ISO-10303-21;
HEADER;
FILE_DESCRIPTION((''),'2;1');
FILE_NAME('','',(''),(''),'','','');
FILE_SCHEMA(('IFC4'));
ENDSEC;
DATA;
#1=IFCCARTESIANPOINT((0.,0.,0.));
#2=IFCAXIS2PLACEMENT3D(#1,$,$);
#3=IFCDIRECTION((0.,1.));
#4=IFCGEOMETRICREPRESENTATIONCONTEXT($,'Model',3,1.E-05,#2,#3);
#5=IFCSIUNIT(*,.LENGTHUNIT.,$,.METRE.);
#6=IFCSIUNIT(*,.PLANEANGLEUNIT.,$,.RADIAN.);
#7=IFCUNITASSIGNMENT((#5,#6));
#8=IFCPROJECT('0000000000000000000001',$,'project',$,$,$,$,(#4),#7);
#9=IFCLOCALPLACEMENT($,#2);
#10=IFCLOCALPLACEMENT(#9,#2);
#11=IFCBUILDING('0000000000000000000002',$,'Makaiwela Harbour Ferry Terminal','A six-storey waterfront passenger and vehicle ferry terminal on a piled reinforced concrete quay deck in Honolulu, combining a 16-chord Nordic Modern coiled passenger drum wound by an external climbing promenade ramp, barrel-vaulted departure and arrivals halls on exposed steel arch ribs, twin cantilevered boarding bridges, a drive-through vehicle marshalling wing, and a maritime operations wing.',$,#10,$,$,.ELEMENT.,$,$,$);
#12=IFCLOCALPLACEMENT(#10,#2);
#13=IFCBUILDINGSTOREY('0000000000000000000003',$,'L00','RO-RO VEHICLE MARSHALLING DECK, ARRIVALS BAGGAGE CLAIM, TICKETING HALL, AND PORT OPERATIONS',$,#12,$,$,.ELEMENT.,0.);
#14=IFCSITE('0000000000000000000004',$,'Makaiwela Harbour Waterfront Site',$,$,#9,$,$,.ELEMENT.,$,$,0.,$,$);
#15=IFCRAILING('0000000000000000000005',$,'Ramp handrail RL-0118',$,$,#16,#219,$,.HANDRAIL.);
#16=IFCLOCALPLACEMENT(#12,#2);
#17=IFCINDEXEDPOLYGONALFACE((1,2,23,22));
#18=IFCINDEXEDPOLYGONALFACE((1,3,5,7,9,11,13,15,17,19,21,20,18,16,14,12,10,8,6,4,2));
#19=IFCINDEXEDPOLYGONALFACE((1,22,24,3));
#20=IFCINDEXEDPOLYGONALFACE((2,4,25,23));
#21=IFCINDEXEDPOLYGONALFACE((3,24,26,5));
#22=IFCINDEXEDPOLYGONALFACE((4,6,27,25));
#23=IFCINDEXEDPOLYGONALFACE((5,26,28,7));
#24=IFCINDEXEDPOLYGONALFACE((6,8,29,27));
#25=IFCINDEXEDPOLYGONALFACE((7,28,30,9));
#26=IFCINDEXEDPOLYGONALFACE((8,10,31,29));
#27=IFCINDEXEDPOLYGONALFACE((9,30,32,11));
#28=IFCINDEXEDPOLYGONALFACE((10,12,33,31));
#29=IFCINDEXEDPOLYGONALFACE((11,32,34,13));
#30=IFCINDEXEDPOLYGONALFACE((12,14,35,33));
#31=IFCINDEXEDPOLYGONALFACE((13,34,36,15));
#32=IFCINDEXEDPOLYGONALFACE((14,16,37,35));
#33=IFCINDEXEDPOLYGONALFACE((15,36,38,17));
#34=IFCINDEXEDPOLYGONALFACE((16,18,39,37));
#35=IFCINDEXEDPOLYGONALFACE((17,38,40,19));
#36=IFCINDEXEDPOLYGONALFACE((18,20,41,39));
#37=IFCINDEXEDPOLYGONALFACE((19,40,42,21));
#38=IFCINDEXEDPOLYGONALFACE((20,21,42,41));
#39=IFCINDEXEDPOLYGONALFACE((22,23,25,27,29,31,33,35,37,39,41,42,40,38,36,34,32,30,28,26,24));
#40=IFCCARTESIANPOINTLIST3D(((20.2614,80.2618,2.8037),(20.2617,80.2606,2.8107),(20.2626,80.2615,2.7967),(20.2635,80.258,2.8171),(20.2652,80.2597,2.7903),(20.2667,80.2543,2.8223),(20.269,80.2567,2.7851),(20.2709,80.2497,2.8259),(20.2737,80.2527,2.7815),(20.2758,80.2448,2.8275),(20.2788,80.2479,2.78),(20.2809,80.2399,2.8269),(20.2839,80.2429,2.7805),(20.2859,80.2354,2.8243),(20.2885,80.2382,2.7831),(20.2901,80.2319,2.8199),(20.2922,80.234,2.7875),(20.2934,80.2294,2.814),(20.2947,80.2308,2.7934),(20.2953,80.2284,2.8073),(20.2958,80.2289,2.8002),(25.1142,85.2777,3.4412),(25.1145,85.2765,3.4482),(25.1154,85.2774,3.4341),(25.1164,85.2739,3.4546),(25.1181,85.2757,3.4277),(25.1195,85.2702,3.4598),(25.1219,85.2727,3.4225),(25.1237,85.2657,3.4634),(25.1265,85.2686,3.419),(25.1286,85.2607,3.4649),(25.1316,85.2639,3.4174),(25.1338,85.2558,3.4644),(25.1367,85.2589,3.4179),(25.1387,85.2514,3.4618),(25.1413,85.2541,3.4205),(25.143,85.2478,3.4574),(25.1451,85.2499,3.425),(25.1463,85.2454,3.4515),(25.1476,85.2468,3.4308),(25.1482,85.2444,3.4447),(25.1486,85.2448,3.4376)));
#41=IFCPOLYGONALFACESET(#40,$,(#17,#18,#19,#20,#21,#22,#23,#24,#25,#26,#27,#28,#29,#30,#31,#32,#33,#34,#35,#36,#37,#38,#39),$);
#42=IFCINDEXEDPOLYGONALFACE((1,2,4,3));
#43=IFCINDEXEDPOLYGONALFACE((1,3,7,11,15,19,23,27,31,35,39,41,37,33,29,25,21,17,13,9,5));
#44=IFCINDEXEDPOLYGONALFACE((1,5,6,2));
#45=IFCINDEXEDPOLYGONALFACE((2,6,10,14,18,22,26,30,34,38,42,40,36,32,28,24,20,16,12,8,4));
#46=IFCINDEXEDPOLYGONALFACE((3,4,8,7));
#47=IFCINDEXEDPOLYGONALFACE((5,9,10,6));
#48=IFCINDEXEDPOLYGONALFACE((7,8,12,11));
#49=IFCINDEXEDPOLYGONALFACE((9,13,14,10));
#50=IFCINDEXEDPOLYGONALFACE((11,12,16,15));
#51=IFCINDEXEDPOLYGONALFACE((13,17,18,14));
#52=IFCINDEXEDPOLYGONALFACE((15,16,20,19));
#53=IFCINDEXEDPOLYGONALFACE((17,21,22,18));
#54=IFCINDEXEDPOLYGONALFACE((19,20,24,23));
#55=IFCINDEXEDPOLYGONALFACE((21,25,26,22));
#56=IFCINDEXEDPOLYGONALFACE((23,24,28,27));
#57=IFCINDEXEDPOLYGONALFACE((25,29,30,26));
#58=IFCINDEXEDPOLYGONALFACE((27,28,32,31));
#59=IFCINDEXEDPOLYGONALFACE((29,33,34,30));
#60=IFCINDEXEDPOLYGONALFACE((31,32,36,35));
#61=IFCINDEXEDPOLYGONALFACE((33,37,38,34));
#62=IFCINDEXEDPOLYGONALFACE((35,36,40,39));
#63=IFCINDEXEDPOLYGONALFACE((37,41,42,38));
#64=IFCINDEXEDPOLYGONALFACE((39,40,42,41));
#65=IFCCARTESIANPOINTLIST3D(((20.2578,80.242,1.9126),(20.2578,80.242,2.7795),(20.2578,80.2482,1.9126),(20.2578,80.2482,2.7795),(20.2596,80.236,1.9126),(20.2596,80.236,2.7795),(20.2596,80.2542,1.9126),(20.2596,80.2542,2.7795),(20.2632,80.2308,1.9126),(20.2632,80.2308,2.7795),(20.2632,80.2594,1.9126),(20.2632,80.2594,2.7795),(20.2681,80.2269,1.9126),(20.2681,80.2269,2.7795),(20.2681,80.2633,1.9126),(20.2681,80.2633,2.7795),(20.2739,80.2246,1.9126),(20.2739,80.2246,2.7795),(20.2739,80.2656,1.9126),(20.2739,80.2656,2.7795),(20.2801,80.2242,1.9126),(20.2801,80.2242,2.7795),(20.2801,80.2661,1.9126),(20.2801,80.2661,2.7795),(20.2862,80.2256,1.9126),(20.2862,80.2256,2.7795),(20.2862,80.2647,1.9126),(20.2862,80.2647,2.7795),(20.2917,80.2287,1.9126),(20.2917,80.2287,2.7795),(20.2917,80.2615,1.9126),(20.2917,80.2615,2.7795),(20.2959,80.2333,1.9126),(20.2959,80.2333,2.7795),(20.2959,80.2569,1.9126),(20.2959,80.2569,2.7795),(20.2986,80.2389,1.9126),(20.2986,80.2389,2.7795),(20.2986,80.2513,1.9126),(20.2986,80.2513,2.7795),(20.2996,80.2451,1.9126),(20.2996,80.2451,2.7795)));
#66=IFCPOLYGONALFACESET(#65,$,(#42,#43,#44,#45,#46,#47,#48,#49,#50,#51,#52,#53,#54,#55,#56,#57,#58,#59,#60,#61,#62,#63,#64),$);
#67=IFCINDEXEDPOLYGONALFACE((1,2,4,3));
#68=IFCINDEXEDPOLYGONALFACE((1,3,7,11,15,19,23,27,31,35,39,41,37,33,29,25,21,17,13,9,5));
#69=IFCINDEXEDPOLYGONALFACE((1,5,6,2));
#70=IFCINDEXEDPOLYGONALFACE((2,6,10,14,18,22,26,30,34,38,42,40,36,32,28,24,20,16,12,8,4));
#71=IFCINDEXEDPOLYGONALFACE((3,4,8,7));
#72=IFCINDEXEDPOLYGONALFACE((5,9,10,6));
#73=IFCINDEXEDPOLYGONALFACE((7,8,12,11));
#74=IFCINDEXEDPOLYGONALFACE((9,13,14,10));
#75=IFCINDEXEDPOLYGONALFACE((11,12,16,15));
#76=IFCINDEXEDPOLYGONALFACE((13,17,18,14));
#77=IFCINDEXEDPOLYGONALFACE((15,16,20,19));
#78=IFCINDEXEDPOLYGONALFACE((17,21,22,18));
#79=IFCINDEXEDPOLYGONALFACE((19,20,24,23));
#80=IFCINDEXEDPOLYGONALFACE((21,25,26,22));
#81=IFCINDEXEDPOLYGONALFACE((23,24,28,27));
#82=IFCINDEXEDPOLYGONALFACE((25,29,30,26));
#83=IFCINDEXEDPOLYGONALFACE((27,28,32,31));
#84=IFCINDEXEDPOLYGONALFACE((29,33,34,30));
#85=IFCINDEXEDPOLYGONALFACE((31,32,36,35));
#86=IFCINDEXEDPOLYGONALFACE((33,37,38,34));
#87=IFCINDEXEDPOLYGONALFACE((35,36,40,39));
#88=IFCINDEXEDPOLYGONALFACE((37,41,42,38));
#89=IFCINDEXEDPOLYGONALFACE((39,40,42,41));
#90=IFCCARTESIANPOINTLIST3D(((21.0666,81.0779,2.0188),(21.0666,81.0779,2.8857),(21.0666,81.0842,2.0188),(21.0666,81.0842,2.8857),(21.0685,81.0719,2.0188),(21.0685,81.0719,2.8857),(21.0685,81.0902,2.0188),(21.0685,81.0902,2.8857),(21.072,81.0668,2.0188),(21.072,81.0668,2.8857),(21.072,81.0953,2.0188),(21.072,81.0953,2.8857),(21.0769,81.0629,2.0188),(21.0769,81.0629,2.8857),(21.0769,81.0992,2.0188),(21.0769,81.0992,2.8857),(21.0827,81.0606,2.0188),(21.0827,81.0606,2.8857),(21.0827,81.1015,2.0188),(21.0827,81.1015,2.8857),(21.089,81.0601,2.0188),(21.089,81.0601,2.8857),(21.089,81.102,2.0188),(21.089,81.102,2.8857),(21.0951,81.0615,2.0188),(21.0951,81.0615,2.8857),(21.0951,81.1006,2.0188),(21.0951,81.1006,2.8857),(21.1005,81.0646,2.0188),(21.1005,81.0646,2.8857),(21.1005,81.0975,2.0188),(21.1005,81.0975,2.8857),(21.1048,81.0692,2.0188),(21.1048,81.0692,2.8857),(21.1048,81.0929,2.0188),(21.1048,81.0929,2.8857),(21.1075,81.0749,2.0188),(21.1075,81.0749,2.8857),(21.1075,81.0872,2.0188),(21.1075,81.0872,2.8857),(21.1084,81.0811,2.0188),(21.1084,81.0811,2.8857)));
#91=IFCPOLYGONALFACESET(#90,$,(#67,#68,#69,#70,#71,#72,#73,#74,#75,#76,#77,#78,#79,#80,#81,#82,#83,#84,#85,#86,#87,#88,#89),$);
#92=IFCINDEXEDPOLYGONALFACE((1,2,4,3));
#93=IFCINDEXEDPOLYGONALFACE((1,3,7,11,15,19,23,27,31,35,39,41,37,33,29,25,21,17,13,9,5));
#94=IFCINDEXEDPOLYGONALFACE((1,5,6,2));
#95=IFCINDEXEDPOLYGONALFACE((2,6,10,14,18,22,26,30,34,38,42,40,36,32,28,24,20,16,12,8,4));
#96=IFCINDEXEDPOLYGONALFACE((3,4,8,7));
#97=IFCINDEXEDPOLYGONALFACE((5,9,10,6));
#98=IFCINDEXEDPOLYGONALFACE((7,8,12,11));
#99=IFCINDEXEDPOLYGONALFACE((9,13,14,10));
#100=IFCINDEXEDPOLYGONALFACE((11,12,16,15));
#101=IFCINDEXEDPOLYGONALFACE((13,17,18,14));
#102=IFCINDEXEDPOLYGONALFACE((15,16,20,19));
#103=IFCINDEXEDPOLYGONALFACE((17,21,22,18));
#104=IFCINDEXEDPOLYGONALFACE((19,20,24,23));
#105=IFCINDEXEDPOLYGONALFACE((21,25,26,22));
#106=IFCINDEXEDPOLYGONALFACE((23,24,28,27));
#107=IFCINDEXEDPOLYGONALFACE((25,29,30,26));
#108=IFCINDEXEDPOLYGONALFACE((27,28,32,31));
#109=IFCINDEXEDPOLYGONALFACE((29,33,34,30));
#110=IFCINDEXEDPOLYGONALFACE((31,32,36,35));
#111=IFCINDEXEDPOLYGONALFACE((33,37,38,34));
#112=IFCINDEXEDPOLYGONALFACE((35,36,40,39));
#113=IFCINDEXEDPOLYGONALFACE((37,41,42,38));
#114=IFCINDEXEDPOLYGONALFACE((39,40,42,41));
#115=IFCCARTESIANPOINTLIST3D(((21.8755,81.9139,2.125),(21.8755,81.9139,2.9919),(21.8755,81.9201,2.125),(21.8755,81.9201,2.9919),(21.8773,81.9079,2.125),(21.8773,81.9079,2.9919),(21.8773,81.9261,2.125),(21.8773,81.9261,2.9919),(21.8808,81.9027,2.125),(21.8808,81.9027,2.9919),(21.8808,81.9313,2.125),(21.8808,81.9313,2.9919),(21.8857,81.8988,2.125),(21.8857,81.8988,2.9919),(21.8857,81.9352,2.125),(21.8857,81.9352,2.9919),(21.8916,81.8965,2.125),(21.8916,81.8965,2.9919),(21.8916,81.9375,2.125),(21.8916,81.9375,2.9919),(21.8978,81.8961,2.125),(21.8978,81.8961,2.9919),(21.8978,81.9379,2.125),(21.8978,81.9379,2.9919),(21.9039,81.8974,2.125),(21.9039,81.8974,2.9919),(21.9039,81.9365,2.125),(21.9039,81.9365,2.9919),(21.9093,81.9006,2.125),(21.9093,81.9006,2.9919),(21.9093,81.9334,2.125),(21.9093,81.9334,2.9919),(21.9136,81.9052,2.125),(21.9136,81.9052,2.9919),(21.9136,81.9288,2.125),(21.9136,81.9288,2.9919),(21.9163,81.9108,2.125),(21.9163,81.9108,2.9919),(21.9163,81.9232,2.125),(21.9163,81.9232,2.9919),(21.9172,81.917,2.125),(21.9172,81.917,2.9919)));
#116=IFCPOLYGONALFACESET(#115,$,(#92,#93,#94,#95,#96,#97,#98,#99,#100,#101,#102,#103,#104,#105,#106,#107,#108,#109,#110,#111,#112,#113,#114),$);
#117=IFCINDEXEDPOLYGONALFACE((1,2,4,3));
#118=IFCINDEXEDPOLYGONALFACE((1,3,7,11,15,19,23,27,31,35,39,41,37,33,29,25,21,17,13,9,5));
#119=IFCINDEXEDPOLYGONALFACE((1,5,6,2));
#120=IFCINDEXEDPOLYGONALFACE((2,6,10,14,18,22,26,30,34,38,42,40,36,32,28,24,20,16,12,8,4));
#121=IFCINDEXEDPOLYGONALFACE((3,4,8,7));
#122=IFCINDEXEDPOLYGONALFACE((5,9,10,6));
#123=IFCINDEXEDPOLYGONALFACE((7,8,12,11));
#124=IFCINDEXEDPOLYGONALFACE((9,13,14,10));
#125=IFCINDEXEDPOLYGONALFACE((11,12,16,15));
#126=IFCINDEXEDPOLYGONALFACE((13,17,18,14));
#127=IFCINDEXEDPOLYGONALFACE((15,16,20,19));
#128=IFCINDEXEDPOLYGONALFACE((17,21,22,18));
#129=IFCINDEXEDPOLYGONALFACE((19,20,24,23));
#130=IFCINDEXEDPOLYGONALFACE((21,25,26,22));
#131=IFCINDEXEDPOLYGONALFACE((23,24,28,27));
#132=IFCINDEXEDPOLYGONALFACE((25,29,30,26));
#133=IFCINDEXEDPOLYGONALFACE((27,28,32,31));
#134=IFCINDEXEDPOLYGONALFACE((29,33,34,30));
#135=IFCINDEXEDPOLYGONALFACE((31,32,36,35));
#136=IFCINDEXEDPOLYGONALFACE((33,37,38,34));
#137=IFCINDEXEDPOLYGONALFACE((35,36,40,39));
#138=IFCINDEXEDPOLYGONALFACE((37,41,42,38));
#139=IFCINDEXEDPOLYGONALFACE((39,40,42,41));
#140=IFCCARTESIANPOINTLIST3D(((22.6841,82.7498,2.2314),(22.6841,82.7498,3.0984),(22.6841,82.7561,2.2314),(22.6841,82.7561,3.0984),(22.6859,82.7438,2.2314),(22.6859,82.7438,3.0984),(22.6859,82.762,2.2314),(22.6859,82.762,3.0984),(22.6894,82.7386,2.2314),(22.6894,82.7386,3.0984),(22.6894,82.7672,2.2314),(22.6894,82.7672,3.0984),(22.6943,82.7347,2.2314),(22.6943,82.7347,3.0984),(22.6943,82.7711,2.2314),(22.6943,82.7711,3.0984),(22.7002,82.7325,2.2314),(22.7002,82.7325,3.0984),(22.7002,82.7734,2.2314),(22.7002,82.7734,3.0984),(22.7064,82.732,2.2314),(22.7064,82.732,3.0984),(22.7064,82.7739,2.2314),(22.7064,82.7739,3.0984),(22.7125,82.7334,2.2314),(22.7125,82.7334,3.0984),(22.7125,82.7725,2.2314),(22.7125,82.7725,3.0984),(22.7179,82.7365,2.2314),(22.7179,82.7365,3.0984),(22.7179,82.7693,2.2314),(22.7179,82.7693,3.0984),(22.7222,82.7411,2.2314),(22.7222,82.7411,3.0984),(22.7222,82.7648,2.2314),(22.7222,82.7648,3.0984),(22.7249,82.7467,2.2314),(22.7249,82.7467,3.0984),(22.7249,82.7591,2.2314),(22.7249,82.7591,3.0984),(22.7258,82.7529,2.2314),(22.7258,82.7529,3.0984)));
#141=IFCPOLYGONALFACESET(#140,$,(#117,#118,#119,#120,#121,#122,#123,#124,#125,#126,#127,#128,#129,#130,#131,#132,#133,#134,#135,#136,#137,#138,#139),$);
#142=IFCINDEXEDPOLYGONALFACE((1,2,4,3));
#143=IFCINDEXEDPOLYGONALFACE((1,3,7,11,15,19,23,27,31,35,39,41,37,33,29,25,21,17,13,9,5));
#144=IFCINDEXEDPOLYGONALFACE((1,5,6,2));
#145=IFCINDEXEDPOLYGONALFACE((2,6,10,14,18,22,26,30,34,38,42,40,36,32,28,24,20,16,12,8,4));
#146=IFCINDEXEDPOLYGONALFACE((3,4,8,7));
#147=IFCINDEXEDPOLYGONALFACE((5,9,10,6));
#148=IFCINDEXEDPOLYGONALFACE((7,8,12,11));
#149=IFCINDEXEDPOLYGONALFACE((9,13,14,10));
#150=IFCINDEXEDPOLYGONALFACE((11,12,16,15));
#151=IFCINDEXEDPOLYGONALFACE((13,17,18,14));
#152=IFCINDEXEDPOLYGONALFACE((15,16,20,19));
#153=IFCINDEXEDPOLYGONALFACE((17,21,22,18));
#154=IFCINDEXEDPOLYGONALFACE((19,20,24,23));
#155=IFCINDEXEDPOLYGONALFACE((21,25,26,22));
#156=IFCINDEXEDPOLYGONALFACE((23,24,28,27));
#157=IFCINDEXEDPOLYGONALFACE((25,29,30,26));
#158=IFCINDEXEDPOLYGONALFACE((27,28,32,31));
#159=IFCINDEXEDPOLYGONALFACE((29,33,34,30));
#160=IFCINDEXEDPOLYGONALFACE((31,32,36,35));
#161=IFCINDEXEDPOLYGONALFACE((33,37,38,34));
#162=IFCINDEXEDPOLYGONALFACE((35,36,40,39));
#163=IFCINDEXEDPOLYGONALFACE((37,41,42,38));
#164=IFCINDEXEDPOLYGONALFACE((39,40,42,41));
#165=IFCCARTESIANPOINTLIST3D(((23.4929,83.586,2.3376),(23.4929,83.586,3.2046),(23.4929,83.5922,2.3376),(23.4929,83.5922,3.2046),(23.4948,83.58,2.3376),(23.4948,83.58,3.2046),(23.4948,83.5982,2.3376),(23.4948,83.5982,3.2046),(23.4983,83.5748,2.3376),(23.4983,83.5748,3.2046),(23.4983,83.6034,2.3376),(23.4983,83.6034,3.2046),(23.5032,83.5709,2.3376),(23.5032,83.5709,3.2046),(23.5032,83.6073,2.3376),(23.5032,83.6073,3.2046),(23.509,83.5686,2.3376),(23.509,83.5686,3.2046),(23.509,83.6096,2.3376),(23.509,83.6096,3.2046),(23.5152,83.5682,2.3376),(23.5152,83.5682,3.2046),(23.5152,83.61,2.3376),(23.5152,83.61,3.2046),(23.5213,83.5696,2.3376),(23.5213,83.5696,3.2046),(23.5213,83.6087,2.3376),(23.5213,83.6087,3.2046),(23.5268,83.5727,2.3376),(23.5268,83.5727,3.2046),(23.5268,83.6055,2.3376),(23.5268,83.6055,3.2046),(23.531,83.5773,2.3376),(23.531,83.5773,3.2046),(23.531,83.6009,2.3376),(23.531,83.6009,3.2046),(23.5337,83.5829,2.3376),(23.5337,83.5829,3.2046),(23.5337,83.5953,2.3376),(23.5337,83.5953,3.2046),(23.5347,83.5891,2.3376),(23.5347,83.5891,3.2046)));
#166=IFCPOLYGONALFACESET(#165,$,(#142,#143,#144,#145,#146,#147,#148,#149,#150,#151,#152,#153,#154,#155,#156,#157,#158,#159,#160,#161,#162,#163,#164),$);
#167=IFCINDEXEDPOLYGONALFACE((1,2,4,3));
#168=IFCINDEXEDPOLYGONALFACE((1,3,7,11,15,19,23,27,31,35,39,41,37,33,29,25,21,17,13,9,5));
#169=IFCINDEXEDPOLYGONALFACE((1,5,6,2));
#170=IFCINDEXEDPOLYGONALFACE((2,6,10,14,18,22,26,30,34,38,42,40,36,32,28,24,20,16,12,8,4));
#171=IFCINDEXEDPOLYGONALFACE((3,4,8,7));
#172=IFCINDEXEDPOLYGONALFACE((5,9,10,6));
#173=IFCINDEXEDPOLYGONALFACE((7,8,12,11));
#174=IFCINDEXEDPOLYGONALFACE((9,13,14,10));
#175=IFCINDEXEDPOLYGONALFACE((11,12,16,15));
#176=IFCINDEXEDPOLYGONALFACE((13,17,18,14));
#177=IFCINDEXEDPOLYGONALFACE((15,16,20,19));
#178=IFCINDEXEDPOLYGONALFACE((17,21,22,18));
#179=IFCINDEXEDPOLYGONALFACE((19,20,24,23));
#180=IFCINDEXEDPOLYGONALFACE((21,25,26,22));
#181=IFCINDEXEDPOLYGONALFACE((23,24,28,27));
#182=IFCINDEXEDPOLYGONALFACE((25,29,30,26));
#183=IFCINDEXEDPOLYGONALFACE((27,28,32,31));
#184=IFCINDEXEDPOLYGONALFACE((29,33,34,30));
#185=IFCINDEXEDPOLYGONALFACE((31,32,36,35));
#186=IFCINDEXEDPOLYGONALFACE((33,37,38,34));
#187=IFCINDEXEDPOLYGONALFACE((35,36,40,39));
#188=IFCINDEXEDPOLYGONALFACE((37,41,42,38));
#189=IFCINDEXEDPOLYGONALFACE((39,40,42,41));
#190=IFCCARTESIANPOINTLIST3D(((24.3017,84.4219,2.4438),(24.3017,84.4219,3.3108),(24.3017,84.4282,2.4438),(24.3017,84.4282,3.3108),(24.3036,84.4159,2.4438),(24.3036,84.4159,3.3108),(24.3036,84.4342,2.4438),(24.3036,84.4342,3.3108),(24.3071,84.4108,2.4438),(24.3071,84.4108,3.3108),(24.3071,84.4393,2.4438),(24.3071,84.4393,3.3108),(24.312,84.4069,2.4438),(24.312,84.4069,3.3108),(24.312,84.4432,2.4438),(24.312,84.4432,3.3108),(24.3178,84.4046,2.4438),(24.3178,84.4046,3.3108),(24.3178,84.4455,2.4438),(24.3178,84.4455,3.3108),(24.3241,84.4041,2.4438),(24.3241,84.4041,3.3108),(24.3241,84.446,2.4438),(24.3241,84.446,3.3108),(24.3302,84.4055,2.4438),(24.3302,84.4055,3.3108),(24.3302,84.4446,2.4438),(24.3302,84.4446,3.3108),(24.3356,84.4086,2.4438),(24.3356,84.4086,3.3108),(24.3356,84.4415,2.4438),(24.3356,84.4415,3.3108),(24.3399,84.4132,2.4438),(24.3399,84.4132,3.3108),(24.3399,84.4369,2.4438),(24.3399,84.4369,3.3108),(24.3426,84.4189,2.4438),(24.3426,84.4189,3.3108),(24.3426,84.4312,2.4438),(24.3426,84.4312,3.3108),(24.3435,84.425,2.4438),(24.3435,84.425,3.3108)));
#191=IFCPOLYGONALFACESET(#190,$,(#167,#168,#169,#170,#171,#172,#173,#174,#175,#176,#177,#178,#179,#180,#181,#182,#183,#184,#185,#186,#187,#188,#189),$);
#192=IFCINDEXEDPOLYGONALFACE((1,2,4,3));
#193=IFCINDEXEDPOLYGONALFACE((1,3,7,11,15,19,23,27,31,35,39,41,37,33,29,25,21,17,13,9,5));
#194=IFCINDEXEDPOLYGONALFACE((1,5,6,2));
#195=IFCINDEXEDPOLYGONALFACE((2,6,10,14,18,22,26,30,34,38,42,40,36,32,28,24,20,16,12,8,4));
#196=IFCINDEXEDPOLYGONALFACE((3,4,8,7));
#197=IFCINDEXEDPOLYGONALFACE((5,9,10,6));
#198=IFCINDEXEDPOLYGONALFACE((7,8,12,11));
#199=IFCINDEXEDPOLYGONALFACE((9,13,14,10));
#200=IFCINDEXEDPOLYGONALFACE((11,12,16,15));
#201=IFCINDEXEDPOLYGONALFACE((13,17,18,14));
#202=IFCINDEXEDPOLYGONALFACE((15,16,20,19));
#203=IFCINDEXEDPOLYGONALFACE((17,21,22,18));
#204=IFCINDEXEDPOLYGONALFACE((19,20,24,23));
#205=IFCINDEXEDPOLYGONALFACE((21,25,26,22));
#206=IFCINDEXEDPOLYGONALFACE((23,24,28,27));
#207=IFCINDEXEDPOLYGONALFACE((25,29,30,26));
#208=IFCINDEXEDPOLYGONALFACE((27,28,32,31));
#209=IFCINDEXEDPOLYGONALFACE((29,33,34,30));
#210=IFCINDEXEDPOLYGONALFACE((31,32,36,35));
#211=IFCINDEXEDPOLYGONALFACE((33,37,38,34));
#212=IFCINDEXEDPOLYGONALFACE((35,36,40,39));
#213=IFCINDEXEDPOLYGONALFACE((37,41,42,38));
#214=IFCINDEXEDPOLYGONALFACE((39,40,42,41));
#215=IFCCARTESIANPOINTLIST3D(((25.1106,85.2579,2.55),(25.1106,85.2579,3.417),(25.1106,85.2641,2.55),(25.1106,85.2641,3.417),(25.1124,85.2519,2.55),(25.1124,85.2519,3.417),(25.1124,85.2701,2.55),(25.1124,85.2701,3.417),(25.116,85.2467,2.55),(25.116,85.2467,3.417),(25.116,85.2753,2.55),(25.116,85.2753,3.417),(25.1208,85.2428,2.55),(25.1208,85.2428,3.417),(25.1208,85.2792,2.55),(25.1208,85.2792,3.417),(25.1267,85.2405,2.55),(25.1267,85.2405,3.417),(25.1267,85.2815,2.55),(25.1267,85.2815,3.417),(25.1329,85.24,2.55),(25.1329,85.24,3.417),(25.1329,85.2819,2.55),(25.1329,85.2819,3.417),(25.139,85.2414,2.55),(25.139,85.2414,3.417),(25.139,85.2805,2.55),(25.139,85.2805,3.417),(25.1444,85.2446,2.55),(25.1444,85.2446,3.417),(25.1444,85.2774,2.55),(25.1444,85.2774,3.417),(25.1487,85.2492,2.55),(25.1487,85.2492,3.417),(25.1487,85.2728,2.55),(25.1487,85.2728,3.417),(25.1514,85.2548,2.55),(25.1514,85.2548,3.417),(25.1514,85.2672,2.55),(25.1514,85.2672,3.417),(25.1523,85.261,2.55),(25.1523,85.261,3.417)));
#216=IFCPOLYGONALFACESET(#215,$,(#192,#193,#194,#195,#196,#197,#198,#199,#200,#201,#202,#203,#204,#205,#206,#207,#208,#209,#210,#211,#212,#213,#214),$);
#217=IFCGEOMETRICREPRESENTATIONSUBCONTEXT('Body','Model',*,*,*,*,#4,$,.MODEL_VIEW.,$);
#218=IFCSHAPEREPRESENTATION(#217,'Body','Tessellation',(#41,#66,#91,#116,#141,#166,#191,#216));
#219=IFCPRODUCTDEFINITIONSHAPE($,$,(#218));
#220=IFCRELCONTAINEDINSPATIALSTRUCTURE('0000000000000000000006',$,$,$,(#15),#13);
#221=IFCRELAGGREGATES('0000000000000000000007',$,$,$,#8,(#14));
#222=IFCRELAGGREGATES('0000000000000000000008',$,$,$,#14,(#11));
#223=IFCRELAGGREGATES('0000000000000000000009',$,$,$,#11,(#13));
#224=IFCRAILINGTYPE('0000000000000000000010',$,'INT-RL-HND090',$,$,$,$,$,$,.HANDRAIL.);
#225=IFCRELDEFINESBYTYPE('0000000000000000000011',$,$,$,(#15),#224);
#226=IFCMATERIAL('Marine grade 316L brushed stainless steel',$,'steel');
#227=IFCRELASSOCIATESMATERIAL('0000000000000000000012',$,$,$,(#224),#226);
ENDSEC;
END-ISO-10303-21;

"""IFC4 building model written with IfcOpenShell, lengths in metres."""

from ifc_helpers import new_model, si_unit, direction, frame, origin, origin_2d, place, context, subcontext, project, spatial, circle, extrude, material, type_object, element, save


model = new_model("IFC4")

# Units and contexts
model_context = context("Model", 3, precision=1e-05, world=origin(), true_north=direction((0.0, 1.0)))
body_context = subcontext(model_context, "Body", "Model", "MODEL_VIEW")
ifc_project = project(units=[si_unit("LENGTHUNIT", "METRE"), si_unit("PLANEANGLEUNIT", "RADIAN")], contexts=[model_context])

# Site, building, storey
site_placement = place(None, origin())
site = spatial("IfcSite", under=ifc_project, at=site_placement, Name="Makaiwela Harbour Waterfront Site", CompositionType="ELEMENT", RefElevation=0.0)
building_placement = place(site_placement, origin())
building = spatial("IfcBuilding", under=site, at=building_placement, Name="Makaiwela Harbour Ferry Terminal", Description="A six-storey waterfront passenger and vehicle ferry terminal on a piled reinforced concrete quay deck in Honolulu, combining a 16-chord Nordic Modern coiled passenger drum wound by an external climbing promenade ramp, barrel-vaulted departure and arrivals halls on exposed steel arch ribs, twin cantilevered boarding bridges, a drive-through vehicle marshalling wing, and a maritime operations wing.", CompositionType="ELEMENT")
storey_placement = place(building_placement, origin())
storey = spatial("IfcBuildingStorey", under=building, at=storey_placement, Name="L00", Description="RO-RO VEHICLE MARSHALLING DECK, ARRIVALS BAGGAGE CLAIM, TICKETING HALL, AND PORT OPERATIONS", CompositionType="ELEMENT", Elevation=0.0)

# Railing
ifc_material_1 = material(Name="Marine grade 316L brushed stainless steel", Category="steel")
railing_type_1 = type_object("IfcRailingType", Name="INT-RL-HND090", PredefinedType="HANDRAIL", material=ifc_material_1)
railing_1_placement = place(storey_placement, frame((20.2786, 80.2451, 1.9126)))
element("IfcRailing", 1, at=railing_1_placement, inside=storey, type_object=railing_type_1, Name="Ramp handrail RL-0118", PredefinedType="HANDRAIL", context=body_context, shape_type="SweptSolid", body=[
    extrude(circle(Radius=0.0239, at=origin_2d()), frame((0.0, 0.0, 0.8911), z_axis=(0.692444, 0.715715, 0.090958), x_axis=(-0.718694, 0.695326, 0.0)), (0.0, 0.0, 1.0), 7.0083),
    extrude(circle(Radius=0.021, at=origin_2d()), origin(), (0.0, 0.0, 1.0), 0.8669),
    extrude(circle(Radius=0.021, at=origin_2d()), frame((0.8088, 0.8359, 0.1062)), (0.0, 0.0, 1.0), 0.8669),
    extrude(circle(Radius=0.021, at=origin_2d()), frame((1.6177, 1.6719, 0.2124)), (0.0, 0.0, 1.0), 0.8669),
    extrude(circle(Radius=0.021, at=origin_2d()), frame((2.4263, 2.5078, 0.3188)), (0.0, 0.0, 1.0), 0.8669),
    extrude(circle(Radius=0.021, at=origin_2d()), frame((3.2351, 3.344, 0.425)), (0.0, 0.0, 1.0), 0.8669),
    extrude(circle(Radius=0.021, at=origin_2d()), frame((4.0439, 4.1799, 0.5312)), (0.0, 0.0, 1.0), 0.8669),
    extrude(circle(Radius=0.021, at=origin_2d()), frame((4.8528, 5.0159, 0.6375)), (0.0, 0.0, 1.0), 0.8669),
])

save(model, "model.ifc")
